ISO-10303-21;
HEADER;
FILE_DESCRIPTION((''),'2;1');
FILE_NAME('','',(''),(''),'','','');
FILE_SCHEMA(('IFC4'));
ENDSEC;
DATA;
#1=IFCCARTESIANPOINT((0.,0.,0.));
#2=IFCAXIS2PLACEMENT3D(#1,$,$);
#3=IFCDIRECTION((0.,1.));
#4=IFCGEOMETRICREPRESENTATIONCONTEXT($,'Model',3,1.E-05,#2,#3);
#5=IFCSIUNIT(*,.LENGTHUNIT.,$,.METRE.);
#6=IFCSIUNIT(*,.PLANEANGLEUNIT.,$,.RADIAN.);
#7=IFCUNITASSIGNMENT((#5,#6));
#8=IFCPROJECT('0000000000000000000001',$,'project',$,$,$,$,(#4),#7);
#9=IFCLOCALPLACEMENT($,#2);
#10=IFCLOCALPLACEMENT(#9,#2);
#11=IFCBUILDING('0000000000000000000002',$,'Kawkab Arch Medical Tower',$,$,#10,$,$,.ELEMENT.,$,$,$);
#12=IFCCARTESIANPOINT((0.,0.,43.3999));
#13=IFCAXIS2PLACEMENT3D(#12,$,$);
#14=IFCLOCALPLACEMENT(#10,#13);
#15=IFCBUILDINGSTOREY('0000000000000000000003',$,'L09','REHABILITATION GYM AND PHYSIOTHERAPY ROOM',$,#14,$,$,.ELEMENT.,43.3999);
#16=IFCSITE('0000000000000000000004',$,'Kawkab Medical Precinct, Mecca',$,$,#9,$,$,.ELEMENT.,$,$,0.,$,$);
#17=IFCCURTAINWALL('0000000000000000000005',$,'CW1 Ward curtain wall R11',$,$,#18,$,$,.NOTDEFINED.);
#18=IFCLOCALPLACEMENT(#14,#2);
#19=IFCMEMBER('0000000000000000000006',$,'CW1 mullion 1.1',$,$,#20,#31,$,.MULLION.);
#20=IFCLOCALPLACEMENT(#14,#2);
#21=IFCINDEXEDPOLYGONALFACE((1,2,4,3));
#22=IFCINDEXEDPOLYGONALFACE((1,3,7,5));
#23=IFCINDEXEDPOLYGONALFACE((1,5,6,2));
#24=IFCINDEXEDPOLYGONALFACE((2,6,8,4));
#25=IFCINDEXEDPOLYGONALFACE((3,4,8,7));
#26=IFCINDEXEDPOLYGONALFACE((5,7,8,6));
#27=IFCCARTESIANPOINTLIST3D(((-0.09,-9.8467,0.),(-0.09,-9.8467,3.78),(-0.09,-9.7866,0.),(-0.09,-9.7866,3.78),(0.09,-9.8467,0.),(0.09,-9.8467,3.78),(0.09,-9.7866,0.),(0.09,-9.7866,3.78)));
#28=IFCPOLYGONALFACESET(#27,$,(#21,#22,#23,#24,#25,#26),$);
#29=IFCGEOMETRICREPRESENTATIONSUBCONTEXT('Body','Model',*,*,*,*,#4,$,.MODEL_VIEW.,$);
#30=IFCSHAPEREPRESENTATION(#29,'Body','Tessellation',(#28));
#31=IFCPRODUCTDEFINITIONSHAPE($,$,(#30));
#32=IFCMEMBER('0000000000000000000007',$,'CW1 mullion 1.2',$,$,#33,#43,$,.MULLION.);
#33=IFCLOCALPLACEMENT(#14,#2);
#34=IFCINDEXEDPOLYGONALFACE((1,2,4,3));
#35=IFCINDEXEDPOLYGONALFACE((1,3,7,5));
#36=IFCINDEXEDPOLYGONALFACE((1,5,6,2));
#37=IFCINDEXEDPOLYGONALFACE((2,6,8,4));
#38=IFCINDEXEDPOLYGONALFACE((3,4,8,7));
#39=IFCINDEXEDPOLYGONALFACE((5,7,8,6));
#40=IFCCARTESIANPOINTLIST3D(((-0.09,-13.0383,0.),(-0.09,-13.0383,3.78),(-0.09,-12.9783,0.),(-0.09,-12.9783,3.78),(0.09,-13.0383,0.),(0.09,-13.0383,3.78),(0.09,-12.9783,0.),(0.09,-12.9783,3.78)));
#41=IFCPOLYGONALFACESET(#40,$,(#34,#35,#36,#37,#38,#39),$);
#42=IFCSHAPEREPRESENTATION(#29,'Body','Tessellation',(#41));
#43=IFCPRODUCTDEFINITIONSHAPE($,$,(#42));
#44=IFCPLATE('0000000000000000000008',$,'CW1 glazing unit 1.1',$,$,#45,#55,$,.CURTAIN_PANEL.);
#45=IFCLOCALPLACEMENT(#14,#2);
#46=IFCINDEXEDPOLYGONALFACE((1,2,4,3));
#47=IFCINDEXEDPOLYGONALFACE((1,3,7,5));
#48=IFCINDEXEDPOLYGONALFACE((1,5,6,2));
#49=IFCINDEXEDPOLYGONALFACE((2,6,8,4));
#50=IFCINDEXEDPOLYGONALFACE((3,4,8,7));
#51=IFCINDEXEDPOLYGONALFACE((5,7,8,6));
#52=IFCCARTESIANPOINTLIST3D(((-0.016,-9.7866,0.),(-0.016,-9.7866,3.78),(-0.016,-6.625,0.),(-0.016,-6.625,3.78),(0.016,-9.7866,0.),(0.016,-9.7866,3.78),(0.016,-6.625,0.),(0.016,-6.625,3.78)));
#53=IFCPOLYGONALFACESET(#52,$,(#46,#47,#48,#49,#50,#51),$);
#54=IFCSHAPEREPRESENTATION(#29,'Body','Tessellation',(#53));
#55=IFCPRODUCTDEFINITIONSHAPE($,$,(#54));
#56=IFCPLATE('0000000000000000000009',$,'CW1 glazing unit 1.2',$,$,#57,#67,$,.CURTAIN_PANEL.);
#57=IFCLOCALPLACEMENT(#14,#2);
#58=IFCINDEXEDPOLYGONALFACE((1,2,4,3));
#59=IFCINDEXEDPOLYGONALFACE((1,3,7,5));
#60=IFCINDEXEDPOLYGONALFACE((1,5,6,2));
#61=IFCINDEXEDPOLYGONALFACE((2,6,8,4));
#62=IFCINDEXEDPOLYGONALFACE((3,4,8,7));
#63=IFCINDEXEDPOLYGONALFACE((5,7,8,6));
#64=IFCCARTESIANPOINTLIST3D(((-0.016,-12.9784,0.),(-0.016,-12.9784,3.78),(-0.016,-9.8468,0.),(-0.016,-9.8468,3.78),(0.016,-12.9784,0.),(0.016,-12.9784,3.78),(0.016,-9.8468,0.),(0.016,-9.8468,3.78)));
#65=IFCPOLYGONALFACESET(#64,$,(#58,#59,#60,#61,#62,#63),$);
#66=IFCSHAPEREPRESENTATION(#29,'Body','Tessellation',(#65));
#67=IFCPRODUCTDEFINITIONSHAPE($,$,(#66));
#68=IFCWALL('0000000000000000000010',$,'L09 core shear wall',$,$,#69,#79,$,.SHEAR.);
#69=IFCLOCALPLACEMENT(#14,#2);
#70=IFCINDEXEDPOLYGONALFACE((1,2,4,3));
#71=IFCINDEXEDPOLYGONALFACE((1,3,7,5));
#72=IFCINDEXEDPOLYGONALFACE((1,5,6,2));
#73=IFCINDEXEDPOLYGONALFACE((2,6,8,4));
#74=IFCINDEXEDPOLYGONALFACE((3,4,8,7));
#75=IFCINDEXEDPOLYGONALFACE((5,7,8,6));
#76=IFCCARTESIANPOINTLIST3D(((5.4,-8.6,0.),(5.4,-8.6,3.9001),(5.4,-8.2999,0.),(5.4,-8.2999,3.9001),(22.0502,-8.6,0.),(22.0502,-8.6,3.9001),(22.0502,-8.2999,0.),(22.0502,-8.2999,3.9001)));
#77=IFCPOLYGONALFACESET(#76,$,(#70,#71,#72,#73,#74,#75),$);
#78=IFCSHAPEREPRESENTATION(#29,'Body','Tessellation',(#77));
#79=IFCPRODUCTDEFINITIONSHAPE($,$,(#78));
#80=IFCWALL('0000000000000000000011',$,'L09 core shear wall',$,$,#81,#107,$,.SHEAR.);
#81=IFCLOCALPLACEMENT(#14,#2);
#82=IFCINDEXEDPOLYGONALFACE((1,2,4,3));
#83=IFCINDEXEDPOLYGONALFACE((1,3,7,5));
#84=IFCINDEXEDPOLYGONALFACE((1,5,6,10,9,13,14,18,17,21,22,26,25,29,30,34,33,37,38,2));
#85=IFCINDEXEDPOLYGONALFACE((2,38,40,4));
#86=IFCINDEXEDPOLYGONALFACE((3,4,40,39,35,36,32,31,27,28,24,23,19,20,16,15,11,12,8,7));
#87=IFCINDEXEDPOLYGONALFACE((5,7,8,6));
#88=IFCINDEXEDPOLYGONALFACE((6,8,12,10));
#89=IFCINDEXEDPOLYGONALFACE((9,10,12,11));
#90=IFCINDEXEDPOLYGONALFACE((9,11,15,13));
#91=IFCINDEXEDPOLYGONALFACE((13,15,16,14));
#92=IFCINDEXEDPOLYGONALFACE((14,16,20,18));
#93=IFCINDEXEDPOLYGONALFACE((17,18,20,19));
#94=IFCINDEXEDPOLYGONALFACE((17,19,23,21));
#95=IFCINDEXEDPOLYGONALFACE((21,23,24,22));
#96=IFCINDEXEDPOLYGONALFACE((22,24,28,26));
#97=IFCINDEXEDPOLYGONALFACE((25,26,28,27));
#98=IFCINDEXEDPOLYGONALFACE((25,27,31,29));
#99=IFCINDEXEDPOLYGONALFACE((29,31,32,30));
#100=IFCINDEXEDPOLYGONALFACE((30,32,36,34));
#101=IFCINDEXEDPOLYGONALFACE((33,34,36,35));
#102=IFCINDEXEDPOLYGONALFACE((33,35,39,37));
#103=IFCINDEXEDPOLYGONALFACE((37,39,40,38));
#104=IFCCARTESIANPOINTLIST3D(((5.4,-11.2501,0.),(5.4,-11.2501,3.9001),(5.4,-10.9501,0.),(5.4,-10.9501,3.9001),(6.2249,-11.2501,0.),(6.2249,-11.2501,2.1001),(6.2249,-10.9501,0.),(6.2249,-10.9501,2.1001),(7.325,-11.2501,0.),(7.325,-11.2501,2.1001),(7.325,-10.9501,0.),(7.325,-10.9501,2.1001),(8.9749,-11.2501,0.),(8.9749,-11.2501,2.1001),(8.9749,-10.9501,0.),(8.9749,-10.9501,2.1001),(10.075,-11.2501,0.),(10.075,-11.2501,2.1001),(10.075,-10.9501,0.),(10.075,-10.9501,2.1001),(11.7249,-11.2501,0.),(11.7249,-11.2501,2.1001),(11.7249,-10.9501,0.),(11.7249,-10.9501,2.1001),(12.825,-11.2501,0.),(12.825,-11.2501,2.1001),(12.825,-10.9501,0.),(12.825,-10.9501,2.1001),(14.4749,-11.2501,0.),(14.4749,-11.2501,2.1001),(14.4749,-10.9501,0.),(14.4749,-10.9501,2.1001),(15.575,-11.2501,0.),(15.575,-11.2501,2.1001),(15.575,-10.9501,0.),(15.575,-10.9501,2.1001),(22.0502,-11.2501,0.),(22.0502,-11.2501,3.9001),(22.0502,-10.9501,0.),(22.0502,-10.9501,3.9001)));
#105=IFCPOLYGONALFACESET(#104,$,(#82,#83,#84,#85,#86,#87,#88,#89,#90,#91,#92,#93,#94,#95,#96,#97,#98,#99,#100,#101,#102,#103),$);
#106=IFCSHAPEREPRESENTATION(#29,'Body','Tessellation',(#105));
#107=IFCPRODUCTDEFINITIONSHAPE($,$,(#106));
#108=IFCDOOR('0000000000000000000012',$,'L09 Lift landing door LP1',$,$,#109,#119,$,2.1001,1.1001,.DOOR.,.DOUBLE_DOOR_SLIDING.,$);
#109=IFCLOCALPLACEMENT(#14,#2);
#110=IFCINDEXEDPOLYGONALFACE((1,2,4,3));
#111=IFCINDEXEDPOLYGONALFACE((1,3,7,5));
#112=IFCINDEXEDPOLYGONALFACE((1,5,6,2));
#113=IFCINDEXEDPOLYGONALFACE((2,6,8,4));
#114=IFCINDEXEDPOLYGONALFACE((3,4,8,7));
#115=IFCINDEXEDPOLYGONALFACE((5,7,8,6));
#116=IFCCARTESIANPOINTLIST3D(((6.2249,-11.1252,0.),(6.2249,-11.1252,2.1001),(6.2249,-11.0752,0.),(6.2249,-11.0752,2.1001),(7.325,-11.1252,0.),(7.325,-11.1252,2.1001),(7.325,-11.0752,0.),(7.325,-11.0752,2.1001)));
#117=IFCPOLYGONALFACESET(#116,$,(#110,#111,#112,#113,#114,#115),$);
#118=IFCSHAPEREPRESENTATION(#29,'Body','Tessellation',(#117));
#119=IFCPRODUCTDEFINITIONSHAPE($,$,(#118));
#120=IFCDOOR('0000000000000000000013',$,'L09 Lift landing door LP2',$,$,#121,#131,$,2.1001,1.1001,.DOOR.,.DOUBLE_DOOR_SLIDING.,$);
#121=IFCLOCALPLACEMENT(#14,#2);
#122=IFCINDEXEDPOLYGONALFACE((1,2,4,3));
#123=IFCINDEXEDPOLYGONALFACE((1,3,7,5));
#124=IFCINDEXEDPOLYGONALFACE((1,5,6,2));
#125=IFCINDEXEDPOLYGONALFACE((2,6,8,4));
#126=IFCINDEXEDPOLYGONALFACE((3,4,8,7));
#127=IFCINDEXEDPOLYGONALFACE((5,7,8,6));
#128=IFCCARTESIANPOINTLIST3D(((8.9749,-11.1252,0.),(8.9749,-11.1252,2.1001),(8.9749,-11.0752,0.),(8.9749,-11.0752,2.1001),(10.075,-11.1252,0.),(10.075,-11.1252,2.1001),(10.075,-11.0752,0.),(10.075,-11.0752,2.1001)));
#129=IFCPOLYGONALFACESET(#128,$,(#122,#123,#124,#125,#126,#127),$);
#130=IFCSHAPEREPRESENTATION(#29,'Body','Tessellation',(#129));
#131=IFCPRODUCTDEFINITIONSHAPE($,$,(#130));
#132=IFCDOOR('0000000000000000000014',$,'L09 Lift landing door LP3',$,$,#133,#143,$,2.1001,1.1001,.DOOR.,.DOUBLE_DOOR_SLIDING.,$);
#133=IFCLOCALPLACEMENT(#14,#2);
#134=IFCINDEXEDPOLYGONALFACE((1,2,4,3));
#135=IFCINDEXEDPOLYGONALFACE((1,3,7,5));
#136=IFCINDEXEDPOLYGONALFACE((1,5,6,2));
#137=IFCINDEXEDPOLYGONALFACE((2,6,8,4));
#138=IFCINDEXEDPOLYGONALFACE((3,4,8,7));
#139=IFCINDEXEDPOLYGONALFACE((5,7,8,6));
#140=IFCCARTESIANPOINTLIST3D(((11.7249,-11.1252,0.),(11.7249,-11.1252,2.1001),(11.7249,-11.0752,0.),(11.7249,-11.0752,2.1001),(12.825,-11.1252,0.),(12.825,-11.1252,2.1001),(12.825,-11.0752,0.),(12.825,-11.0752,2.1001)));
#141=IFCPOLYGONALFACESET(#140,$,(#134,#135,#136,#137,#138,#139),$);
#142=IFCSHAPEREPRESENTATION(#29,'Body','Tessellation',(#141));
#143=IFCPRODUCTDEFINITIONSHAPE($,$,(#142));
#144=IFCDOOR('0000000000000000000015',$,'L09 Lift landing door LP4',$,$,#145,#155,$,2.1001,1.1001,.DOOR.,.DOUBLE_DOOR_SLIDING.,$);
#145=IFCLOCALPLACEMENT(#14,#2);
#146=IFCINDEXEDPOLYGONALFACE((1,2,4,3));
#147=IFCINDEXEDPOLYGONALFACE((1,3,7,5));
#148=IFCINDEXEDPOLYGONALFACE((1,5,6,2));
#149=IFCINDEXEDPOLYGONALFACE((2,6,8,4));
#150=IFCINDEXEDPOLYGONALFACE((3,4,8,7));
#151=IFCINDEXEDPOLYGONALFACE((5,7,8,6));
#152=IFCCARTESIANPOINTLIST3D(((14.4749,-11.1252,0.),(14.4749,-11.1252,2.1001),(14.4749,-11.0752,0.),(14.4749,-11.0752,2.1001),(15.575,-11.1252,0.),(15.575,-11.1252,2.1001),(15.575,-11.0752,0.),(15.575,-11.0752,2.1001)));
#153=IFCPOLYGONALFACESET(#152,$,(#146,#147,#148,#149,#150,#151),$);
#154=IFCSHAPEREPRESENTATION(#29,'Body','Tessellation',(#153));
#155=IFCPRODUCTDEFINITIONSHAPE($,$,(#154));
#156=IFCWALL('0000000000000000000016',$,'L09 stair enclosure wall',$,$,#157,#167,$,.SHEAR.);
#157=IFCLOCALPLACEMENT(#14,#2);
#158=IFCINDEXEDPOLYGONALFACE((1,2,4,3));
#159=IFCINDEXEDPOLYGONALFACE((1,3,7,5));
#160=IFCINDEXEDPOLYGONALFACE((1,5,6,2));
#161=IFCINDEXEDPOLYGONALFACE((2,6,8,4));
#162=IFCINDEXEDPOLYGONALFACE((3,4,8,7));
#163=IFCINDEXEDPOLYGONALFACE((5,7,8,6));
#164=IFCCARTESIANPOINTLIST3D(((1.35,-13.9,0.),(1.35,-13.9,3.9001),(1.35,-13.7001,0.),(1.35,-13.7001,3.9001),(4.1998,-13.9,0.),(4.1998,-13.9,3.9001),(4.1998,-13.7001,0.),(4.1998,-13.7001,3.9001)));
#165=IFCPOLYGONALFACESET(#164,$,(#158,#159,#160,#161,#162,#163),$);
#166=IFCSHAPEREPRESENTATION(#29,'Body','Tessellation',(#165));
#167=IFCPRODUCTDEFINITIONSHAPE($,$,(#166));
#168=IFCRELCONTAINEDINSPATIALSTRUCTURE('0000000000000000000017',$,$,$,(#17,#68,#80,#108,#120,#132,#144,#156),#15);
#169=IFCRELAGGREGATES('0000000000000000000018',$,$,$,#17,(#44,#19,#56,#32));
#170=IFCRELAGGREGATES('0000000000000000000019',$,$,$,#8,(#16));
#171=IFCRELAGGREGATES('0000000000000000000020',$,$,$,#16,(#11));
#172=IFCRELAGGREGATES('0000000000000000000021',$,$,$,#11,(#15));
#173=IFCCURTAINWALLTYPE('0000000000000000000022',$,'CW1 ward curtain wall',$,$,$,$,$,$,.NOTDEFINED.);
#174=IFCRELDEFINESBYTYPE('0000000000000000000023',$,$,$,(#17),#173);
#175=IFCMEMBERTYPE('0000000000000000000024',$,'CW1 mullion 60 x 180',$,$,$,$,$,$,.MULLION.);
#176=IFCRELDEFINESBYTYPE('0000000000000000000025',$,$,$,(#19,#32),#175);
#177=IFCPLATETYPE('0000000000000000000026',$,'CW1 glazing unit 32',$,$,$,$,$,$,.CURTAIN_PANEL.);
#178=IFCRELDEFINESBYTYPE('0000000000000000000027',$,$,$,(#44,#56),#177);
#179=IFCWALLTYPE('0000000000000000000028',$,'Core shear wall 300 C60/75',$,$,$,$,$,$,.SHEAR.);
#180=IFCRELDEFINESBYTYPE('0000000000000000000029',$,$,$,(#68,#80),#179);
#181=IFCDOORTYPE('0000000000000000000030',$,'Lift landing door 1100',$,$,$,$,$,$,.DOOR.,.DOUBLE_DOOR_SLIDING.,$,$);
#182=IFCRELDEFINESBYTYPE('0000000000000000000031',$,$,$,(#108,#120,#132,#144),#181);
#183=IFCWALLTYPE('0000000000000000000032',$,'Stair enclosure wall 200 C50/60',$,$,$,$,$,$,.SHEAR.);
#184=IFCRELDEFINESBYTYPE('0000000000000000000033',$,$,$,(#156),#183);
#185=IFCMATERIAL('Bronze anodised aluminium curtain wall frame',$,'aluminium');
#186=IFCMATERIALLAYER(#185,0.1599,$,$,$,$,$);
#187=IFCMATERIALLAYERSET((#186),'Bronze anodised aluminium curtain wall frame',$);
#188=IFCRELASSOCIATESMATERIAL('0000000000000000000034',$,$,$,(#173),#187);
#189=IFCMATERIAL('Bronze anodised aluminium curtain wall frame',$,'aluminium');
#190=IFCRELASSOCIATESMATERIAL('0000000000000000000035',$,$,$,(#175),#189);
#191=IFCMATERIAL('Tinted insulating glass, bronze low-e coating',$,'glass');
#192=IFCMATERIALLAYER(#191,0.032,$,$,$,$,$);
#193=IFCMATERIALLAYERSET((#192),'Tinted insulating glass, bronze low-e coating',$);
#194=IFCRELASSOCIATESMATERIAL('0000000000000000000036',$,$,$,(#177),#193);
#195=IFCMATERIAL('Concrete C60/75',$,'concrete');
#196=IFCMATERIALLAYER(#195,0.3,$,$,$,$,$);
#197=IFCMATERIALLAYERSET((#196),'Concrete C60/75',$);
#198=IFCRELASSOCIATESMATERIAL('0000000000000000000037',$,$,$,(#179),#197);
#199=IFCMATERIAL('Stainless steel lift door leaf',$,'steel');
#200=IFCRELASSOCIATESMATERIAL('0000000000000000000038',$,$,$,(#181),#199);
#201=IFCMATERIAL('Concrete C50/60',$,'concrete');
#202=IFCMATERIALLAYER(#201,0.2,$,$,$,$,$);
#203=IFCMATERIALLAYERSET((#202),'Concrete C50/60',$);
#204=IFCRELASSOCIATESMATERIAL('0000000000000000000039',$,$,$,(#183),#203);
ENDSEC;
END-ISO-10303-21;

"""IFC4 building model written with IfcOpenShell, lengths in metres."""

from ifc_helpers import new_model, si_unit, direction, frame, frame_2d, origin, origin_2d, place, context, subcontext, project, spatial, rectangle, extrude, material, layer, layer_set, material_profile, profile_set, type_object, element, fill, aggregate, save


model = new_model("IFC4")

# Units and contexts
model_context = context("Model", 3, precision=1e-05, world=origin(), true_north=direction((0.0, 1.0)))
body_context = subcontext(model_context, "Body", "Model", "MODEL_VIEW")
ifc_project = project(units=[si_unit("LENGTHUNIT", "METRE"), si_unit("PLANEANGLEUNIT", "RADIAN")], contexts=[model_context])

# Site, building, storey
site_placement = place(None, origin())
site = spatial("IfcSite", under=ifc_project, at=site_placement, Name="Kawkab Medical Precinct, Mecca", CompositionType="ELEMENT", RefElevation=0.0)
building_placement = place(site_placement, origin())
building = spatial("IfcBuilding", under=site, at=building_placement, Name="Kawkab Arch Medical Tower", CompositionType="ELEMENT")
storey_placement = place(building_placement, frame((0.0, 0.0, 43.3999)))
storey = spatial("IfcBuildingStorey", under=building, at=storey_placement, Name="L09", Description="REHABILITATION GYM AND PHYSIOTHERAPY ROOM", CompositionType="ELEMENT", Elevation=43.3999)

# Curtain wall, members, plates
ifc_material_1 = material(Name="Bronze anodised aluminium curtain wall frame", Category="aluminium")
ifc_layer_1 = layer(ifc_material_1, 0.1599)
ifc_layer_set_1 = layer_set([ifc_layer_1], Name="Bronze anodised aluminium curtain wall frame")
curtain_wall_type = type_object("IfcCurtainWallType", Name="CW1 ward curtain wall", PredefinedType="NOTDEFINED", material=ifc_layer_set_1)
placement = place(storey_placement, origin())
curtain_wall = element("IfcCurtainWall", 1, at=placement, inside=storey, type_object=curtain_wall_type, Name="CW1 Ward curtain wall R11", PredefinedType="NOTDEFINED")
ifc_material_2 = material(Name="Bronze anodised aluminium curtain wall frame", Category="aluminium")
ifc_material_profile_1 = material_profile(ifc_material_2, rectangle(XDim=0.1799, YDim=0.0601, at=origin_2d()), Name="AL 60x180")
ifc_profile_set_1 = profile_set([ifc_material_profile_1], Name="Bronze anodised aluminium curtain wall frame")
member_type = type_object("IfcMemberType", Name="CW1 mullion 60 x 180", PredefinedType="MULLION", material=ifc_profile_set_1)
member_1_placement = place(storey_placement, frame((0.0, -9.8167, 0.0), z_axis=(0.0, 0.0, 1.0), x_axis=(1.0, 0.0, 0.0)))
member_1 = element("IfcMember", 2, at=member_1_placement, type_object=member_type, Name="CW1 mullion 1.1", PredefinedType="MULLION", context=body_context, shape_type="SweptSolid", body=[
    extrude(rectangle(XDim=0.1799, YDim=0.0601, at=origin_2d()), origin(), (0.0, 0.0, 1.0), 3.78),
])
member_2_placement = place(storey_placement, frame((0.0, -13.0083, 0.0), z_axis=(0.0, 0.0, 1.0), x_axis=(1.0, 0.0, 0.0)))
member_2 = element("IfcMember", 3, at=member_2_placement, type_object=member_type, Name="CW1 mullion 1.2", PredefinedType="MULLION", context=body_context, shape_type="SweptSolid", body=[
    extrude(rectangle(XDim=0.1799, YDim=0.0601, at=origin_2d()), origin(), (0.0, 0.0, 1.0), 3.78),
])
ifc_material_3 = material(Name="Tinted insulating glass, bronze low-e coating", Category="glass")
ifc_layer_2 = layer(ifc_material_3, 0.032)
ifc_layer_set_2 = layer_set([ifc_layer_2], Name="Tinted insulating glass, bronze low-e coating")
plate_type = type_object("IfcPlateType", Name="CW1 glazing unit 32", PredefinedType="CURTAIN_PANEL", material=ifc_layer_set_2)
plate_1_placement = place(storey_placement, frame((0.0, -8.2058, 0.0), z_axis=(0.0, 0.0, 1.0), x_axis=(0.0, -1.0, 0.0)))
plate_1 = element("IfcPlate", 4, at=plate_1_placement, type_object=plate_type, Name="CW1 glazing unit 1.1", PredefinedType="CURTAIN_PANEL", context=body_context, shape_type="SweptSolid", body=[
    extrude(rectangle(XDim=3.1616, YDim=0.032, at=origin_2d()), origin(), (0.0, 0.0, 1.0), 3.78),
])
plate_2_placement = place(storey_placement, frame((0.0, -11.4126, 0.0), z_axis=(0.0, 0.0, 1.0), x_axis=(0.0, -1.0, 0.0)))
plate_2 = element("IfcPlate", 5, at=plate_2_placement, type_object=plate_type, Name="CW1 glazing unit 1.2", PredefinedType="CURTAIN_PANEL", context=body_context, shape_type="SweptSolid", body=[
    extrude(rectangle(XDim=3.1316, YDim=0.032, at=origin_2d()), origin(), (0.0, 0.0, 1.0), 3.78),
])
aggregate(curtain_wall, [plate_1, member_1, plate_2, member_2])

# Wall
ifc_material_4 = material(Name="Concrete C60/75", Category="concrete")
ifc_layer_3 = layer(ifc_material_4, 0.3)
ifc_layer_set_3 = layer_set([ifc_layer_3], Name="Concrete C60/75")
wall_type_1 = type_object("IfcWallType", Name="Core shear wall 300 C60/75", PredefinedType="SHEAR", material=ifc_layer_set_3)
wall_1_placement = place(storey_placement, frame((5.3999, -8.45, 0.0), z_axis=(0.0, 0.0, 1.0), x_axis=(1.0, 0.0, 0.0)))
element("IfcWall", 6, at=wall_1_placement, inside=storey, type_object=wall_type_1, Name="L09 core shear wall", PredefinedType="SHEAR", context=body_context, shape_type="SweptSolid", body=[
    extrude(rectangle(XDim=16.6501, YDim=0.3, at=frame_2d((8.3252, 0.0))), origin(), (0.0, 0.0, 1.0), 3.9001),
])

# Wall, openings, doors
wall_2_placement = place(storey_placement, frame((5.3999, -11.1001, 0.0), z_axis=(0.0, 0.0, 1.0), x_axis=(1.0, 0.0, 0.0)))
wall_2 = element("IfcWall", 7, at=wall_2_placement, inside=storey, type_object=wall_type_1, Name="L09 core shear wall", PredefinedType="SHEAR", context=body_context, shape_type="SweptSolid", body=[
    extrude(rectangle(XDim=16.6501, YDim=0.3, at=frame_2d((8.3252, 0.0))), origin(), (0.0, 0.0, 1.0), 3.9001),
])
opening_1_placement = place(wall_2_placement, frame((0.825, 0.0, 0.0)))
opening_1 = element("IfcOpeningElement", 8, at=opening_1_placement, cuts=wall_2, PredefinedType="OPENING", context=body_context, shape_type="SweptSolid", body=[
    extrude(rectangle(XDim=1.1001, YDim=2.1001, at=frame_2d((0.55, 1.05))), frame((0.0, 0.1599, 0.0), z_axis=(0.0, -1.0, 0.0), x_axis=(1.0, 0.0, 0.0)), (0.0, 0.0, 1.0), 0.3201),
])
opening_2_placement = place(wall_2_placement, frame((3.575, 0.0, 0.0)))
opening_2 = element("IfcOpeningElement", 9, at=opening_2_placement, cuts=wall_2, PredefinedType="OPENING", context=body_context, shape_type="SweptSolid", body=[
    extrude(rectangle(XDim=1.1001, YDim=2.1001, at=frame_2d((0.55, 1.05))), frame((0.0, 0.1599, 0.0), z_axis=(0.0, -1.0, 0.0), x_axis=(1.0, 0.0, 0.0)), (0.0, 0.0, 1.0), 0.3201),
])
opening_3_placement = place(wall_2_placement, frame((6.325, 0.0, 0.0)))
opening_3 = element("IfcOpeningElement", 10, at=opening_3_placement, cuts=wall_2, PredefinedType="OPENING", context=body_context, shape_type="SweptSolid", body=[
    extrude(rectangle(XDim=1.1001, YDim=2.1001, at=frame_2d((0.55, 1.05))), frame((0.0, 0.1599, 0.0), z_axis=(0.0, -1.0, 0.0), x_axis=(1.0, 0.0, 0.0)), (0.0, 0.0, 1.0), 0.3201),
])
opening_4_placement = place(wall_2_placement, frame((9.075, 0.0, 0.0)))
opening_4 = element("IfcOpeningElement", 11, at=opening_4_placement, cuts=wall_2, PredefinedType="OPENING", context=body_context, shape_type="SweptSolid", body=[
    extrude(rectangle(XDim=1.1001, YDim=2.1001, at=frame_2d((0.55, 1.05))), frame((0.0, 0.1599, 0.0), z_axis=(0.0, -1.0, 0.0), x_axis=(1.0, 0.0, 0.0)), (0.0, 0.0, 1.0), 0.3201),
])
ifc_material_5 = material(Name="Stainless steel lift door leaf", Category="steel")
door_type = type_object("IfcDoorType", Name="Lift landing door 1100", OperationType="DOUBLE_DOOR_SLIDING", PredefinedType="DOOR", material=ifc_material_5)
door_1_placement = place(opening_1_placement, origin())
door_1 = element("IfcDoor", 12, at=door_1_placement, inside=storey, type_object=door_type, Name="L09 Lift landing door LP1", OperationType="DOUBLE_DOOR_SLIDING", OverallHeight=2.1001, OverallWidth=1.1001, PredefinedType="DOOR", context=body_context, shape_type="SweptSolid", body=[
    extrude(rectangle(XDim=1.1001, YDim=2.1001, at=frame_2d((0.55, 1.05))), frame((0.0, 0.0249, 0.0), z_axis=(0.0, -1.0, 0.0), x_axis=(1.0, 0.0, 0.0)), (0.0, 0.0, 1.0), 0.05),
])
fill(opening_1, door_1)
door_2_placement = place(opening_2_placement, origin())
door_2 = element("IfcDoor", 13, at=door_2_placement, inside=storey, type_object=door_type, Name="L09 Lift landing door LP2", OperationType="DOUBLE_DOOR_SLIDING", OverallHeight=2.1001, OverallWidth=1.1001, PredefinedType="DOOR", context=body_context, shape_type="SweptSolid", body=[
    extrude(rectangle(XDim=1.1001, YDim=2.1001, at=frame_2d((0.55, 1.05))), frame((0.0, 0.0249, 0.0), z_axis=(0.0, -1.0, 0.0), x_axis=(1.0, 0.0, 0.0)), (0.0, 0.0, 1.0), 0.05),
])
fill(opening_2, door_2)
door_3_placement = place(opening_3_placement, origin())
door_3 = element("IfcDoor", 14, at=door_3_placement, inside=storey, type_object=door_type, Name="L09 Lift landing door LP3", OperationType="DOUBLE_DOOR_SLIDING", OverallHeight=2.1001, OverallWidth=1.1001, PredefinedType="DOOR", context=body_context, shape_type="SweptSolid", body=[
    extrude(rectangle(XDim=1.1001, YDim=2.1001, at=frame_2d((0.55, 1.05))), frame((0.0, 0.0249, 0.0), z_axis=(0.0, -1.0, 0.0), x_axis=(1.0, 0.0, 0.0)), (0.0, 0.0, 1.0), 0.05),
])
fill(opening_3, door_3)
door_4_placement = place(opening_4_placement, origin())
door_4 = element("IfcDoor", 15, at=door_4_placement, inside=storey, type_object=door_type, Name="L09 Lift landing door LP4", OperationType="DOUBLE_DOOR_SLIDING", OverallHeight=2.1001, OverallWidth=1.1001, PredefinedType="DOOR", context=body_context, shape_type="SweptSolid", body=[
    extrude(rectangle(XDim=1.1001, YDim=2.1001, at=frame_2d((0.55, 1.05))), frame((0.0, 0.0249, 0.0), z_axis=(0.0, -1.0, 0.0), x_axis=(1.0, 0.0, 0.0)), (0.0, 0.0, 1.0), 0.05),
])
fill(opening_4, door_4)

# Wall
ifc_material_6 = material(Name="Concrete C50/60", Category="concrete")
ifc_layer_4 = layer(ifc_material_6, 0.2)
ifc_layer_set_4 = layer_set([ifc_layer_4], Name="Concrete C50/60")
wall_type_2 = type_object("IfcWallType", Name="Stair enclosure wall 200 C50/60", PredefinedType="SHEAR", material=ifc_layer_set_4)
wall_3_placement = place(storey_placement, frame((1.3501, -13.8, 0.0), z_axis=(0.0, 0.0, 1.0), x_axis=(1.0, 0.0, 0.0)))
element("IfcWall", 16, at=wall_3_placement, inside=storey, type_object=wall_type_2, Name="L09 stair enclosure wall", PredefinedType="SHEAR", context=body_context, shape_type="SweptSolid", body=[
    extrude(rectangle(XDim=2.8499, YDim=0.2, at=frame_2d((1.4248, 0.0))), origin(), (0.0, 0.0, 1.0), 3.9001),
])

save(model, "model.ifc")
